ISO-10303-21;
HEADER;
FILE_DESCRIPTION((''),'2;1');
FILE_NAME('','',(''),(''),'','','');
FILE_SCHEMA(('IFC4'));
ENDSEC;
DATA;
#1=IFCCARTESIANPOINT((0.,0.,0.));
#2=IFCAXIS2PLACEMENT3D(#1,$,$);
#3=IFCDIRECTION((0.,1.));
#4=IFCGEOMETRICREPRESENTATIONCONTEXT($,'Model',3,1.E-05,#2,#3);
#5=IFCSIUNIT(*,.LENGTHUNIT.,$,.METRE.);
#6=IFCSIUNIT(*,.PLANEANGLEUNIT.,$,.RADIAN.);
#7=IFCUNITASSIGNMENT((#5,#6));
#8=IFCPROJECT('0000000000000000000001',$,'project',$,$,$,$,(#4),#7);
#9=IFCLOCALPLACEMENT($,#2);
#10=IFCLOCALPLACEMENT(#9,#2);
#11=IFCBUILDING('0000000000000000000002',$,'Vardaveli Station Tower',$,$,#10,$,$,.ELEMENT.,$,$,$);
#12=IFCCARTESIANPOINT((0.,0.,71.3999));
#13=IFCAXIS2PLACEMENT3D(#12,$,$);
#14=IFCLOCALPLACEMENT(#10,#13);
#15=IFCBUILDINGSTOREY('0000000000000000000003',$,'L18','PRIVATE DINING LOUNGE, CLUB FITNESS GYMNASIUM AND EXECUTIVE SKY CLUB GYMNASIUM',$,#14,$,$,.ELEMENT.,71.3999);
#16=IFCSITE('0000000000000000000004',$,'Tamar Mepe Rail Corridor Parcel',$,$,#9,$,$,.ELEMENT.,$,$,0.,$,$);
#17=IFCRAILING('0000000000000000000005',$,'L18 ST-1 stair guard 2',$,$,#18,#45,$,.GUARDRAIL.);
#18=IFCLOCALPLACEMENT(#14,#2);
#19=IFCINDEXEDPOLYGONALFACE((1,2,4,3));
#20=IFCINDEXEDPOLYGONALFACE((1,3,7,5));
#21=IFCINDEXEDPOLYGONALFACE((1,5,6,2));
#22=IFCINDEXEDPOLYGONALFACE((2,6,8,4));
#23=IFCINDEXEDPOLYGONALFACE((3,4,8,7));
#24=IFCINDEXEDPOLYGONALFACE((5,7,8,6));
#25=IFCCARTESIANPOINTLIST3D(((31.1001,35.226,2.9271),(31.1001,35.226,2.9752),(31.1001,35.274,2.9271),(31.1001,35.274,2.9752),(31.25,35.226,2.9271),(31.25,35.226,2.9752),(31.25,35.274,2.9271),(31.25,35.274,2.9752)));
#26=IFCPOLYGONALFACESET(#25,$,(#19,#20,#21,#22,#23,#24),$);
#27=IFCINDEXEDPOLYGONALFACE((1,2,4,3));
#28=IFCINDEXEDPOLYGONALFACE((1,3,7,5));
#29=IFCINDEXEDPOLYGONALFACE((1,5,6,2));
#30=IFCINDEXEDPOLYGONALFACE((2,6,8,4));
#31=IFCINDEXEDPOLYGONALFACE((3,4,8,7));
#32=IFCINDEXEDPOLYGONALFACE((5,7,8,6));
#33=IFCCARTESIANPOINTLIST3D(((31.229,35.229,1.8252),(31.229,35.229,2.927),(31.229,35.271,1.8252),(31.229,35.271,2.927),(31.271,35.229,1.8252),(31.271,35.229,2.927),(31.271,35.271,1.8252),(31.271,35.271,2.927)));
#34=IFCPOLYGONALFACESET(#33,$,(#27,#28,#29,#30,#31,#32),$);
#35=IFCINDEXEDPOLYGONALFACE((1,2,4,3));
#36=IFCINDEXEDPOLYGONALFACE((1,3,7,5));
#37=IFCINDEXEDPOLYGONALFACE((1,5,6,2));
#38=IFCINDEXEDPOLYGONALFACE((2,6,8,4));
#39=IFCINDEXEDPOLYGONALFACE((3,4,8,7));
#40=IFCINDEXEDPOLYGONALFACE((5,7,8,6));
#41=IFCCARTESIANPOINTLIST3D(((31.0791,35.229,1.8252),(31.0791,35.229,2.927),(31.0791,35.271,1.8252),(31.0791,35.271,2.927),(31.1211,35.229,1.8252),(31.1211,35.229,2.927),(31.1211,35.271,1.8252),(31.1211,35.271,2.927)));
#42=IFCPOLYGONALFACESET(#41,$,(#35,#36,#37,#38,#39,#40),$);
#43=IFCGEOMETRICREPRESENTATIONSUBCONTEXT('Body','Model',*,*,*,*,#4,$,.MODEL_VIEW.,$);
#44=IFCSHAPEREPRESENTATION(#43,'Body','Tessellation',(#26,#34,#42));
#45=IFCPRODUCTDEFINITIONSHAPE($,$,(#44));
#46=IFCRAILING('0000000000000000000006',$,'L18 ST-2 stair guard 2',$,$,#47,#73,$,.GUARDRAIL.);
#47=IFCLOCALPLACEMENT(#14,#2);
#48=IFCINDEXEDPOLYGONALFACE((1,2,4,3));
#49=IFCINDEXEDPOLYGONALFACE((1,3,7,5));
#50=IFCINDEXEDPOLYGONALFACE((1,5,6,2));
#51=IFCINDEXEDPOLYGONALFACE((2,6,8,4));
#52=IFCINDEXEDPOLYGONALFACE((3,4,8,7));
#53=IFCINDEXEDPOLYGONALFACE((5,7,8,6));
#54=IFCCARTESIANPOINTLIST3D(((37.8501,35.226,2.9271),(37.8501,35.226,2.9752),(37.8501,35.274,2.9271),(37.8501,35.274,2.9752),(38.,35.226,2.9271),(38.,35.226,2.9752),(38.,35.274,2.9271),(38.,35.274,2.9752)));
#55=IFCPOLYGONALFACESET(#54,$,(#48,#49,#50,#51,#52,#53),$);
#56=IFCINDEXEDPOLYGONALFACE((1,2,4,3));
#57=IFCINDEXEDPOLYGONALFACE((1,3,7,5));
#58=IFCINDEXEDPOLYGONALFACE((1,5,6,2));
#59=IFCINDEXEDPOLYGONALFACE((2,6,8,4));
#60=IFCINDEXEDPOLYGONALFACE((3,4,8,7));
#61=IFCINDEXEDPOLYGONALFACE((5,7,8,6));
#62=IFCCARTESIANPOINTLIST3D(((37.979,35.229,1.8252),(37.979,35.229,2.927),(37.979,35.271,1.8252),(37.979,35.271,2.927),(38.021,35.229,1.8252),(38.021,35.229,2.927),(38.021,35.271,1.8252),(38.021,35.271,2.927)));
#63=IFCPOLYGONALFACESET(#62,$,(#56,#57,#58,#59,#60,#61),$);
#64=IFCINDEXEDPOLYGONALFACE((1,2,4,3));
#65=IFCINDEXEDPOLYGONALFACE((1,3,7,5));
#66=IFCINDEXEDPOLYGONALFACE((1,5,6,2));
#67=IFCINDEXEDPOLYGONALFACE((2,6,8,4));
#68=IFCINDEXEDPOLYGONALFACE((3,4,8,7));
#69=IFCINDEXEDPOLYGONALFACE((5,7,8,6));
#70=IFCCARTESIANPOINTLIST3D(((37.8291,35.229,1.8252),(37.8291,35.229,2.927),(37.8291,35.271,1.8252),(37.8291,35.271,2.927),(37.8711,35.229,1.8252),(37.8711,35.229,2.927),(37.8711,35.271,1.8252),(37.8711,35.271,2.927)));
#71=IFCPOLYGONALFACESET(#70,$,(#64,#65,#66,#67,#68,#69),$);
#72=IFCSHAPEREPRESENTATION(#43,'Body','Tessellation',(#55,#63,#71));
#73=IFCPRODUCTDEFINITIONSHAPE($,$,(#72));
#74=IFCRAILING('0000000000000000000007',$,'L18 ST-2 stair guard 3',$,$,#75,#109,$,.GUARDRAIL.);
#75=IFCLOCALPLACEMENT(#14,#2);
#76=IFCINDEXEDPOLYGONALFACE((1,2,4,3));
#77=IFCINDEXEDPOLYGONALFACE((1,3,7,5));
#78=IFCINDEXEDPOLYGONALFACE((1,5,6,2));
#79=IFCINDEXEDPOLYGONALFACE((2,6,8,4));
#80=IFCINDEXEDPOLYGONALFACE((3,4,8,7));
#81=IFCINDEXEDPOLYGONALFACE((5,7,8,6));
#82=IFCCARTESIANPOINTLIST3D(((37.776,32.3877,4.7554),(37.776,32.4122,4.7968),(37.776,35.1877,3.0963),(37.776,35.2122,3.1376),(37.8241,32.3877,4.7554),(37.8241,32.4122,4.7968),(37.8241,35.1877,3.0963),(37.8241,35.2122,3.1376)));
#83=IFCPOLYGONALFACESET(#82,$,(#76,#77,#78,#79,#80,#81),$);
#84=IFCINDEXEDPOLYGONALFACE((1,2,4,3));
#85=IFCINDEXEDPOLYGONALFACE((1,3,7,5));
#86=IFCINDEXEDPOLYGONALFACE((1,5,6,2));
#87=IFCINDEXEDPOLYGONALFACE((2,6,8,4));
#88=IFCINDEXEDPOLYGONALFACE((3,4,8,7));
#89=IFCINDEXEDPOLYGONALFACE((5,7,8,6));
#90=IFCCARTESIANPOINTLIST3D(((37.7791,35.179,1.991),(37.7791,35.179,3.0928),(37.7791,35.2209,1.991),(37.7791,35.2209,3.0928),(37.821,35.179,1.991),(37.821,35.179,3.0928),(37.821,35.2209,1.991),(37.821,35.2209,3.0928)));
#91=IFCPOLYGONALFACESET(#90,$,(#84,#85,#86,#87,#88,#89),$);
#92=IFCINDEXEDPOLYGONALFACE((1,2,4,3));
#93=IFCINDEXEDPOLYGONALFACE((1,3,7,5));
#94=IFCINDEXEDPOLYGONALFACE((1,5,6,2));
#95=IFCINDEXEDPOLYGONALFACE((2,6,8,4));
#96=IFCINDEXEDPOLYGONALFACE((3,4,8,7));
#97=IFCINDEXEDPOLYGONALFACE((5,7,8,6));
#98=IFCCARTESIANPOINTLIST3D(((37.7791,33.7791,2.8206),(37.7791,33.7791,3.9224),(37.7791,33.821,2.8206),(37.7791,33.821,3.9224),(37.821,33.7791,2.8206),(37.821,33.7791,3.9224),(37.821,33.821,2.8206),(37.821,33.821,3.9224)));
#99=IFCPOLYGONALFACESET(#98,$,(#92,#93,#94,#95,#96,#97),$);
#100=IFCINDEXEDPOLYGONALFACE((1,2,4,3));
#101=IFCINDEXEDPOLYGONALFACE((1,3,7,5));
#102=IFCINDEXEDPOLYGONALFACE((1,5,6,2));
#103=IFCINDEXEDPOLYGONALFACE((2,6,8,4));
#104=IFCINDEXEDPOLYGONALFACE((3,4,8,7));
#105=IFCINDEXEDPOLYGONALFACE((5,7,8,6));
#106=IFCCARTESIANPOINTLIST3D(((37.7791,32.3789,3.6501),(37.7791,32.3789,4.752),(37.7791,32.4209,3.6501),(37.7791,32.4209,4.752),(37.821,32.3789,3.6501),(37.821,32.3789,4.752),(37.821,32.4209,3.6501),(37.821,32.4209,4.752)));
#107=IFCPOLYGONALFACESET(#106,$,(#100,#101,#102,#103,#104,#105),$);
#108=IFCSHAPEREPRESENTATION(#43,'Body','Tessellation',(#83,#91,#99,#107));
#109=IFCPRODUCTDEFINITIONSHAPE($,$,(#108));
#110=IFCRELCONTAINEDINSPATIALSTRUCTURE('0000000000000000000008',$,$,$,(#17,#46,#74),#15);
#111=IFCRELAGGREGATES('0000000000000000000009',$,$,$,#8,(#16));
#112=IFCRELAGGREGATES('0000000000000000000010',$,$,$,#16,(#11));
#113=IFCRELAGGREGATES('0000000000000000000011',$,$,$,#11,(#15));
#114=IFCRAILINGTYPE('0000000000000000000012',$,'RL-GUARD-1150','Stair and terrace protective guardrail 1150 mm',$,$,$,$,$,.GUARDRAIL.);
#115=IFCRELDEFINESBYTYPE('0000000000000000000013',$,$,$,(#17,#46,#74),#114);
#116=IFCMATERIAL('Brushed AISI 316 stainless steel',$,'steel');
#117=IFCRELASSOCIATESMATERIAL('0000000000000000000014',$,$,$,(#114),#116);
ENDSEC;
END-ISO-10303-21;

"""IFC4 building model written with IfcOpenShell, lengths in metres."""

from ifc_helpers import new_model, si_unit, direction, frame, origin, origin_2d, place, context, subcontext, project, spatial, rectangle, extrude, source, transform, mapped, material, type_object, element, save


model = new_model("IFC4")

# Units and contexts
model_context = context("Model", 3, precision=1e-05, world=origin(), true_north=direction((0.0, 1.0)))
body_context = subcontext(model_context, "Body", "Model", "MODEL_VIEW")
ifc_project = project(units=[si_unit("LENGTHUNIT", "METRE"), si_unit("PLANEANGLEUNIT", "RADIAN")], contexts=[model_context])

# Site, building, storey
site_placement = place(None, origin())
site = spatial("IfcSite", under=ifc_project, at=site_placement, Name="Tamar Mepe Rail Corridor Parcel", CompositionType="ELEMENT", RefElevation=0.0)
building_placement = place(site_placement, origin())
building = spatial("IfcBuilding", under=site, at=building_placement, Name="Vardaveli Station Tower", CompositionType="ELEMENT")
storey_placement = place(building_placement, frame((0.0, 0.0, 71.3999)))
storey = spatial("IfcBuildingStorey", under=building, at=storey_placement, Name="L18", Description="PRIVATE DINING LOUNGE, CLUB FITNESS GYMNASIUM AND EXECUTIVE SKY CLUB GYMNASIUM", CompositionType="ELEMENT", Elevation=71.3999)

# Railings
ifc_material_1 = material(Name="Brushed AISI 316 stainless steel", Category="steel")
railing_type_1 = type_object("IfcRailingType", Name="RL-GUARD-1150", Description="Stair and terrace protective guardrail 1150 mm", PredefinedType="GUARDRAIL", material=ifc_material_1)
shared_shape_1 = source(origin(), body_context, "Body", "SweptSolid", [
    extrude(rectangle(XDim=0.0481, YDim=0.0481, at=origin_2d()), frame((0.0, 0.0, 1.126), z_axis=(-1.0, 0.0, 0.0), x_axis=(0.0, -1.0, 0.0)), (0.0, 0.0, 1.0), 0.1499),
    extrude(rectangle(XDim=0.042, YDim=0.042, at=origin_2d()), origin(), (0.0, 0.0, 1.0), 1.1018),
    extrude(rectangle(XDim=0.042, YDim=0.042, at=origin_2d()), frame((-0.1499, 0.0, 0.0)), (0.0, 0.0, 1.0), 1.1018),
])
for number, where, name in (
    (1, (31.25, 35.25, 1.8252), "L18 ST-1 stair guard 2"),
    (2, (38.0, 35.25, 1.8252), "L18 ST-2 stair guard 2"),
):
    element("IfcRailing", number, at=place(storey_placement, frame(where)), inside=storey, type_object=railing_type_1, Name=name, PredefinedType="GUARDRAIL", context=body_context, shape_type="MappedRepresentation", body=[
        mapped(shared_shape_1, transform((0.0, 0.0, 0.0), scale=1.0)),
    ])
shared_shape_2 = source(origin(), body_context, "Body", "SweptSolid", [
    extrude(rectangle(XDim=0.0481, YDim=0.0481, at=origin_2d()), frame((0.0, 0.0, 1.126), z_axis=(0.0, -0.860306, 0.509778), x_axis=(1.0, 0.0, 0.0)), (0.0, 0.0, 1.0), 3.2546),
    extrude(rectangle(XDim=0.042, YDim=0.042, at=origin_2d()), origin(), (0.0, 0.0, 1.0), 1.1018),
    extrude(rectangle(XDim=0.042, YDim=0.042, at=origin_2d()), frame((0.0, -1.3999, 0.8296)), (0.0, 0.0, 1.0), 1.1018),
    extrude(rectangle(XDim=0.042, YDim=0.042, at=origin_2d()), frame((0.0, -2.8, 1.6592)), (0.0, 0.0, 1.0), 1.1018),
])
railing_1_placement = place(storey_placement, frame((37.8, 35.2, 1.991)))
element("IfcRailing", 3, at=railing_1_placement, inside=storey, type_object=railing_type_1, Name="L18 ST-2 stair guard 3", PredefinedType="GUARDRAIL", context=body_context, shape_type="MappedRepresentation", body=[
    mapped(shared_shape_2, transform((0.0, 0.0, 0.0), scale=1.0)),
])

save(model, "model.ifc")
